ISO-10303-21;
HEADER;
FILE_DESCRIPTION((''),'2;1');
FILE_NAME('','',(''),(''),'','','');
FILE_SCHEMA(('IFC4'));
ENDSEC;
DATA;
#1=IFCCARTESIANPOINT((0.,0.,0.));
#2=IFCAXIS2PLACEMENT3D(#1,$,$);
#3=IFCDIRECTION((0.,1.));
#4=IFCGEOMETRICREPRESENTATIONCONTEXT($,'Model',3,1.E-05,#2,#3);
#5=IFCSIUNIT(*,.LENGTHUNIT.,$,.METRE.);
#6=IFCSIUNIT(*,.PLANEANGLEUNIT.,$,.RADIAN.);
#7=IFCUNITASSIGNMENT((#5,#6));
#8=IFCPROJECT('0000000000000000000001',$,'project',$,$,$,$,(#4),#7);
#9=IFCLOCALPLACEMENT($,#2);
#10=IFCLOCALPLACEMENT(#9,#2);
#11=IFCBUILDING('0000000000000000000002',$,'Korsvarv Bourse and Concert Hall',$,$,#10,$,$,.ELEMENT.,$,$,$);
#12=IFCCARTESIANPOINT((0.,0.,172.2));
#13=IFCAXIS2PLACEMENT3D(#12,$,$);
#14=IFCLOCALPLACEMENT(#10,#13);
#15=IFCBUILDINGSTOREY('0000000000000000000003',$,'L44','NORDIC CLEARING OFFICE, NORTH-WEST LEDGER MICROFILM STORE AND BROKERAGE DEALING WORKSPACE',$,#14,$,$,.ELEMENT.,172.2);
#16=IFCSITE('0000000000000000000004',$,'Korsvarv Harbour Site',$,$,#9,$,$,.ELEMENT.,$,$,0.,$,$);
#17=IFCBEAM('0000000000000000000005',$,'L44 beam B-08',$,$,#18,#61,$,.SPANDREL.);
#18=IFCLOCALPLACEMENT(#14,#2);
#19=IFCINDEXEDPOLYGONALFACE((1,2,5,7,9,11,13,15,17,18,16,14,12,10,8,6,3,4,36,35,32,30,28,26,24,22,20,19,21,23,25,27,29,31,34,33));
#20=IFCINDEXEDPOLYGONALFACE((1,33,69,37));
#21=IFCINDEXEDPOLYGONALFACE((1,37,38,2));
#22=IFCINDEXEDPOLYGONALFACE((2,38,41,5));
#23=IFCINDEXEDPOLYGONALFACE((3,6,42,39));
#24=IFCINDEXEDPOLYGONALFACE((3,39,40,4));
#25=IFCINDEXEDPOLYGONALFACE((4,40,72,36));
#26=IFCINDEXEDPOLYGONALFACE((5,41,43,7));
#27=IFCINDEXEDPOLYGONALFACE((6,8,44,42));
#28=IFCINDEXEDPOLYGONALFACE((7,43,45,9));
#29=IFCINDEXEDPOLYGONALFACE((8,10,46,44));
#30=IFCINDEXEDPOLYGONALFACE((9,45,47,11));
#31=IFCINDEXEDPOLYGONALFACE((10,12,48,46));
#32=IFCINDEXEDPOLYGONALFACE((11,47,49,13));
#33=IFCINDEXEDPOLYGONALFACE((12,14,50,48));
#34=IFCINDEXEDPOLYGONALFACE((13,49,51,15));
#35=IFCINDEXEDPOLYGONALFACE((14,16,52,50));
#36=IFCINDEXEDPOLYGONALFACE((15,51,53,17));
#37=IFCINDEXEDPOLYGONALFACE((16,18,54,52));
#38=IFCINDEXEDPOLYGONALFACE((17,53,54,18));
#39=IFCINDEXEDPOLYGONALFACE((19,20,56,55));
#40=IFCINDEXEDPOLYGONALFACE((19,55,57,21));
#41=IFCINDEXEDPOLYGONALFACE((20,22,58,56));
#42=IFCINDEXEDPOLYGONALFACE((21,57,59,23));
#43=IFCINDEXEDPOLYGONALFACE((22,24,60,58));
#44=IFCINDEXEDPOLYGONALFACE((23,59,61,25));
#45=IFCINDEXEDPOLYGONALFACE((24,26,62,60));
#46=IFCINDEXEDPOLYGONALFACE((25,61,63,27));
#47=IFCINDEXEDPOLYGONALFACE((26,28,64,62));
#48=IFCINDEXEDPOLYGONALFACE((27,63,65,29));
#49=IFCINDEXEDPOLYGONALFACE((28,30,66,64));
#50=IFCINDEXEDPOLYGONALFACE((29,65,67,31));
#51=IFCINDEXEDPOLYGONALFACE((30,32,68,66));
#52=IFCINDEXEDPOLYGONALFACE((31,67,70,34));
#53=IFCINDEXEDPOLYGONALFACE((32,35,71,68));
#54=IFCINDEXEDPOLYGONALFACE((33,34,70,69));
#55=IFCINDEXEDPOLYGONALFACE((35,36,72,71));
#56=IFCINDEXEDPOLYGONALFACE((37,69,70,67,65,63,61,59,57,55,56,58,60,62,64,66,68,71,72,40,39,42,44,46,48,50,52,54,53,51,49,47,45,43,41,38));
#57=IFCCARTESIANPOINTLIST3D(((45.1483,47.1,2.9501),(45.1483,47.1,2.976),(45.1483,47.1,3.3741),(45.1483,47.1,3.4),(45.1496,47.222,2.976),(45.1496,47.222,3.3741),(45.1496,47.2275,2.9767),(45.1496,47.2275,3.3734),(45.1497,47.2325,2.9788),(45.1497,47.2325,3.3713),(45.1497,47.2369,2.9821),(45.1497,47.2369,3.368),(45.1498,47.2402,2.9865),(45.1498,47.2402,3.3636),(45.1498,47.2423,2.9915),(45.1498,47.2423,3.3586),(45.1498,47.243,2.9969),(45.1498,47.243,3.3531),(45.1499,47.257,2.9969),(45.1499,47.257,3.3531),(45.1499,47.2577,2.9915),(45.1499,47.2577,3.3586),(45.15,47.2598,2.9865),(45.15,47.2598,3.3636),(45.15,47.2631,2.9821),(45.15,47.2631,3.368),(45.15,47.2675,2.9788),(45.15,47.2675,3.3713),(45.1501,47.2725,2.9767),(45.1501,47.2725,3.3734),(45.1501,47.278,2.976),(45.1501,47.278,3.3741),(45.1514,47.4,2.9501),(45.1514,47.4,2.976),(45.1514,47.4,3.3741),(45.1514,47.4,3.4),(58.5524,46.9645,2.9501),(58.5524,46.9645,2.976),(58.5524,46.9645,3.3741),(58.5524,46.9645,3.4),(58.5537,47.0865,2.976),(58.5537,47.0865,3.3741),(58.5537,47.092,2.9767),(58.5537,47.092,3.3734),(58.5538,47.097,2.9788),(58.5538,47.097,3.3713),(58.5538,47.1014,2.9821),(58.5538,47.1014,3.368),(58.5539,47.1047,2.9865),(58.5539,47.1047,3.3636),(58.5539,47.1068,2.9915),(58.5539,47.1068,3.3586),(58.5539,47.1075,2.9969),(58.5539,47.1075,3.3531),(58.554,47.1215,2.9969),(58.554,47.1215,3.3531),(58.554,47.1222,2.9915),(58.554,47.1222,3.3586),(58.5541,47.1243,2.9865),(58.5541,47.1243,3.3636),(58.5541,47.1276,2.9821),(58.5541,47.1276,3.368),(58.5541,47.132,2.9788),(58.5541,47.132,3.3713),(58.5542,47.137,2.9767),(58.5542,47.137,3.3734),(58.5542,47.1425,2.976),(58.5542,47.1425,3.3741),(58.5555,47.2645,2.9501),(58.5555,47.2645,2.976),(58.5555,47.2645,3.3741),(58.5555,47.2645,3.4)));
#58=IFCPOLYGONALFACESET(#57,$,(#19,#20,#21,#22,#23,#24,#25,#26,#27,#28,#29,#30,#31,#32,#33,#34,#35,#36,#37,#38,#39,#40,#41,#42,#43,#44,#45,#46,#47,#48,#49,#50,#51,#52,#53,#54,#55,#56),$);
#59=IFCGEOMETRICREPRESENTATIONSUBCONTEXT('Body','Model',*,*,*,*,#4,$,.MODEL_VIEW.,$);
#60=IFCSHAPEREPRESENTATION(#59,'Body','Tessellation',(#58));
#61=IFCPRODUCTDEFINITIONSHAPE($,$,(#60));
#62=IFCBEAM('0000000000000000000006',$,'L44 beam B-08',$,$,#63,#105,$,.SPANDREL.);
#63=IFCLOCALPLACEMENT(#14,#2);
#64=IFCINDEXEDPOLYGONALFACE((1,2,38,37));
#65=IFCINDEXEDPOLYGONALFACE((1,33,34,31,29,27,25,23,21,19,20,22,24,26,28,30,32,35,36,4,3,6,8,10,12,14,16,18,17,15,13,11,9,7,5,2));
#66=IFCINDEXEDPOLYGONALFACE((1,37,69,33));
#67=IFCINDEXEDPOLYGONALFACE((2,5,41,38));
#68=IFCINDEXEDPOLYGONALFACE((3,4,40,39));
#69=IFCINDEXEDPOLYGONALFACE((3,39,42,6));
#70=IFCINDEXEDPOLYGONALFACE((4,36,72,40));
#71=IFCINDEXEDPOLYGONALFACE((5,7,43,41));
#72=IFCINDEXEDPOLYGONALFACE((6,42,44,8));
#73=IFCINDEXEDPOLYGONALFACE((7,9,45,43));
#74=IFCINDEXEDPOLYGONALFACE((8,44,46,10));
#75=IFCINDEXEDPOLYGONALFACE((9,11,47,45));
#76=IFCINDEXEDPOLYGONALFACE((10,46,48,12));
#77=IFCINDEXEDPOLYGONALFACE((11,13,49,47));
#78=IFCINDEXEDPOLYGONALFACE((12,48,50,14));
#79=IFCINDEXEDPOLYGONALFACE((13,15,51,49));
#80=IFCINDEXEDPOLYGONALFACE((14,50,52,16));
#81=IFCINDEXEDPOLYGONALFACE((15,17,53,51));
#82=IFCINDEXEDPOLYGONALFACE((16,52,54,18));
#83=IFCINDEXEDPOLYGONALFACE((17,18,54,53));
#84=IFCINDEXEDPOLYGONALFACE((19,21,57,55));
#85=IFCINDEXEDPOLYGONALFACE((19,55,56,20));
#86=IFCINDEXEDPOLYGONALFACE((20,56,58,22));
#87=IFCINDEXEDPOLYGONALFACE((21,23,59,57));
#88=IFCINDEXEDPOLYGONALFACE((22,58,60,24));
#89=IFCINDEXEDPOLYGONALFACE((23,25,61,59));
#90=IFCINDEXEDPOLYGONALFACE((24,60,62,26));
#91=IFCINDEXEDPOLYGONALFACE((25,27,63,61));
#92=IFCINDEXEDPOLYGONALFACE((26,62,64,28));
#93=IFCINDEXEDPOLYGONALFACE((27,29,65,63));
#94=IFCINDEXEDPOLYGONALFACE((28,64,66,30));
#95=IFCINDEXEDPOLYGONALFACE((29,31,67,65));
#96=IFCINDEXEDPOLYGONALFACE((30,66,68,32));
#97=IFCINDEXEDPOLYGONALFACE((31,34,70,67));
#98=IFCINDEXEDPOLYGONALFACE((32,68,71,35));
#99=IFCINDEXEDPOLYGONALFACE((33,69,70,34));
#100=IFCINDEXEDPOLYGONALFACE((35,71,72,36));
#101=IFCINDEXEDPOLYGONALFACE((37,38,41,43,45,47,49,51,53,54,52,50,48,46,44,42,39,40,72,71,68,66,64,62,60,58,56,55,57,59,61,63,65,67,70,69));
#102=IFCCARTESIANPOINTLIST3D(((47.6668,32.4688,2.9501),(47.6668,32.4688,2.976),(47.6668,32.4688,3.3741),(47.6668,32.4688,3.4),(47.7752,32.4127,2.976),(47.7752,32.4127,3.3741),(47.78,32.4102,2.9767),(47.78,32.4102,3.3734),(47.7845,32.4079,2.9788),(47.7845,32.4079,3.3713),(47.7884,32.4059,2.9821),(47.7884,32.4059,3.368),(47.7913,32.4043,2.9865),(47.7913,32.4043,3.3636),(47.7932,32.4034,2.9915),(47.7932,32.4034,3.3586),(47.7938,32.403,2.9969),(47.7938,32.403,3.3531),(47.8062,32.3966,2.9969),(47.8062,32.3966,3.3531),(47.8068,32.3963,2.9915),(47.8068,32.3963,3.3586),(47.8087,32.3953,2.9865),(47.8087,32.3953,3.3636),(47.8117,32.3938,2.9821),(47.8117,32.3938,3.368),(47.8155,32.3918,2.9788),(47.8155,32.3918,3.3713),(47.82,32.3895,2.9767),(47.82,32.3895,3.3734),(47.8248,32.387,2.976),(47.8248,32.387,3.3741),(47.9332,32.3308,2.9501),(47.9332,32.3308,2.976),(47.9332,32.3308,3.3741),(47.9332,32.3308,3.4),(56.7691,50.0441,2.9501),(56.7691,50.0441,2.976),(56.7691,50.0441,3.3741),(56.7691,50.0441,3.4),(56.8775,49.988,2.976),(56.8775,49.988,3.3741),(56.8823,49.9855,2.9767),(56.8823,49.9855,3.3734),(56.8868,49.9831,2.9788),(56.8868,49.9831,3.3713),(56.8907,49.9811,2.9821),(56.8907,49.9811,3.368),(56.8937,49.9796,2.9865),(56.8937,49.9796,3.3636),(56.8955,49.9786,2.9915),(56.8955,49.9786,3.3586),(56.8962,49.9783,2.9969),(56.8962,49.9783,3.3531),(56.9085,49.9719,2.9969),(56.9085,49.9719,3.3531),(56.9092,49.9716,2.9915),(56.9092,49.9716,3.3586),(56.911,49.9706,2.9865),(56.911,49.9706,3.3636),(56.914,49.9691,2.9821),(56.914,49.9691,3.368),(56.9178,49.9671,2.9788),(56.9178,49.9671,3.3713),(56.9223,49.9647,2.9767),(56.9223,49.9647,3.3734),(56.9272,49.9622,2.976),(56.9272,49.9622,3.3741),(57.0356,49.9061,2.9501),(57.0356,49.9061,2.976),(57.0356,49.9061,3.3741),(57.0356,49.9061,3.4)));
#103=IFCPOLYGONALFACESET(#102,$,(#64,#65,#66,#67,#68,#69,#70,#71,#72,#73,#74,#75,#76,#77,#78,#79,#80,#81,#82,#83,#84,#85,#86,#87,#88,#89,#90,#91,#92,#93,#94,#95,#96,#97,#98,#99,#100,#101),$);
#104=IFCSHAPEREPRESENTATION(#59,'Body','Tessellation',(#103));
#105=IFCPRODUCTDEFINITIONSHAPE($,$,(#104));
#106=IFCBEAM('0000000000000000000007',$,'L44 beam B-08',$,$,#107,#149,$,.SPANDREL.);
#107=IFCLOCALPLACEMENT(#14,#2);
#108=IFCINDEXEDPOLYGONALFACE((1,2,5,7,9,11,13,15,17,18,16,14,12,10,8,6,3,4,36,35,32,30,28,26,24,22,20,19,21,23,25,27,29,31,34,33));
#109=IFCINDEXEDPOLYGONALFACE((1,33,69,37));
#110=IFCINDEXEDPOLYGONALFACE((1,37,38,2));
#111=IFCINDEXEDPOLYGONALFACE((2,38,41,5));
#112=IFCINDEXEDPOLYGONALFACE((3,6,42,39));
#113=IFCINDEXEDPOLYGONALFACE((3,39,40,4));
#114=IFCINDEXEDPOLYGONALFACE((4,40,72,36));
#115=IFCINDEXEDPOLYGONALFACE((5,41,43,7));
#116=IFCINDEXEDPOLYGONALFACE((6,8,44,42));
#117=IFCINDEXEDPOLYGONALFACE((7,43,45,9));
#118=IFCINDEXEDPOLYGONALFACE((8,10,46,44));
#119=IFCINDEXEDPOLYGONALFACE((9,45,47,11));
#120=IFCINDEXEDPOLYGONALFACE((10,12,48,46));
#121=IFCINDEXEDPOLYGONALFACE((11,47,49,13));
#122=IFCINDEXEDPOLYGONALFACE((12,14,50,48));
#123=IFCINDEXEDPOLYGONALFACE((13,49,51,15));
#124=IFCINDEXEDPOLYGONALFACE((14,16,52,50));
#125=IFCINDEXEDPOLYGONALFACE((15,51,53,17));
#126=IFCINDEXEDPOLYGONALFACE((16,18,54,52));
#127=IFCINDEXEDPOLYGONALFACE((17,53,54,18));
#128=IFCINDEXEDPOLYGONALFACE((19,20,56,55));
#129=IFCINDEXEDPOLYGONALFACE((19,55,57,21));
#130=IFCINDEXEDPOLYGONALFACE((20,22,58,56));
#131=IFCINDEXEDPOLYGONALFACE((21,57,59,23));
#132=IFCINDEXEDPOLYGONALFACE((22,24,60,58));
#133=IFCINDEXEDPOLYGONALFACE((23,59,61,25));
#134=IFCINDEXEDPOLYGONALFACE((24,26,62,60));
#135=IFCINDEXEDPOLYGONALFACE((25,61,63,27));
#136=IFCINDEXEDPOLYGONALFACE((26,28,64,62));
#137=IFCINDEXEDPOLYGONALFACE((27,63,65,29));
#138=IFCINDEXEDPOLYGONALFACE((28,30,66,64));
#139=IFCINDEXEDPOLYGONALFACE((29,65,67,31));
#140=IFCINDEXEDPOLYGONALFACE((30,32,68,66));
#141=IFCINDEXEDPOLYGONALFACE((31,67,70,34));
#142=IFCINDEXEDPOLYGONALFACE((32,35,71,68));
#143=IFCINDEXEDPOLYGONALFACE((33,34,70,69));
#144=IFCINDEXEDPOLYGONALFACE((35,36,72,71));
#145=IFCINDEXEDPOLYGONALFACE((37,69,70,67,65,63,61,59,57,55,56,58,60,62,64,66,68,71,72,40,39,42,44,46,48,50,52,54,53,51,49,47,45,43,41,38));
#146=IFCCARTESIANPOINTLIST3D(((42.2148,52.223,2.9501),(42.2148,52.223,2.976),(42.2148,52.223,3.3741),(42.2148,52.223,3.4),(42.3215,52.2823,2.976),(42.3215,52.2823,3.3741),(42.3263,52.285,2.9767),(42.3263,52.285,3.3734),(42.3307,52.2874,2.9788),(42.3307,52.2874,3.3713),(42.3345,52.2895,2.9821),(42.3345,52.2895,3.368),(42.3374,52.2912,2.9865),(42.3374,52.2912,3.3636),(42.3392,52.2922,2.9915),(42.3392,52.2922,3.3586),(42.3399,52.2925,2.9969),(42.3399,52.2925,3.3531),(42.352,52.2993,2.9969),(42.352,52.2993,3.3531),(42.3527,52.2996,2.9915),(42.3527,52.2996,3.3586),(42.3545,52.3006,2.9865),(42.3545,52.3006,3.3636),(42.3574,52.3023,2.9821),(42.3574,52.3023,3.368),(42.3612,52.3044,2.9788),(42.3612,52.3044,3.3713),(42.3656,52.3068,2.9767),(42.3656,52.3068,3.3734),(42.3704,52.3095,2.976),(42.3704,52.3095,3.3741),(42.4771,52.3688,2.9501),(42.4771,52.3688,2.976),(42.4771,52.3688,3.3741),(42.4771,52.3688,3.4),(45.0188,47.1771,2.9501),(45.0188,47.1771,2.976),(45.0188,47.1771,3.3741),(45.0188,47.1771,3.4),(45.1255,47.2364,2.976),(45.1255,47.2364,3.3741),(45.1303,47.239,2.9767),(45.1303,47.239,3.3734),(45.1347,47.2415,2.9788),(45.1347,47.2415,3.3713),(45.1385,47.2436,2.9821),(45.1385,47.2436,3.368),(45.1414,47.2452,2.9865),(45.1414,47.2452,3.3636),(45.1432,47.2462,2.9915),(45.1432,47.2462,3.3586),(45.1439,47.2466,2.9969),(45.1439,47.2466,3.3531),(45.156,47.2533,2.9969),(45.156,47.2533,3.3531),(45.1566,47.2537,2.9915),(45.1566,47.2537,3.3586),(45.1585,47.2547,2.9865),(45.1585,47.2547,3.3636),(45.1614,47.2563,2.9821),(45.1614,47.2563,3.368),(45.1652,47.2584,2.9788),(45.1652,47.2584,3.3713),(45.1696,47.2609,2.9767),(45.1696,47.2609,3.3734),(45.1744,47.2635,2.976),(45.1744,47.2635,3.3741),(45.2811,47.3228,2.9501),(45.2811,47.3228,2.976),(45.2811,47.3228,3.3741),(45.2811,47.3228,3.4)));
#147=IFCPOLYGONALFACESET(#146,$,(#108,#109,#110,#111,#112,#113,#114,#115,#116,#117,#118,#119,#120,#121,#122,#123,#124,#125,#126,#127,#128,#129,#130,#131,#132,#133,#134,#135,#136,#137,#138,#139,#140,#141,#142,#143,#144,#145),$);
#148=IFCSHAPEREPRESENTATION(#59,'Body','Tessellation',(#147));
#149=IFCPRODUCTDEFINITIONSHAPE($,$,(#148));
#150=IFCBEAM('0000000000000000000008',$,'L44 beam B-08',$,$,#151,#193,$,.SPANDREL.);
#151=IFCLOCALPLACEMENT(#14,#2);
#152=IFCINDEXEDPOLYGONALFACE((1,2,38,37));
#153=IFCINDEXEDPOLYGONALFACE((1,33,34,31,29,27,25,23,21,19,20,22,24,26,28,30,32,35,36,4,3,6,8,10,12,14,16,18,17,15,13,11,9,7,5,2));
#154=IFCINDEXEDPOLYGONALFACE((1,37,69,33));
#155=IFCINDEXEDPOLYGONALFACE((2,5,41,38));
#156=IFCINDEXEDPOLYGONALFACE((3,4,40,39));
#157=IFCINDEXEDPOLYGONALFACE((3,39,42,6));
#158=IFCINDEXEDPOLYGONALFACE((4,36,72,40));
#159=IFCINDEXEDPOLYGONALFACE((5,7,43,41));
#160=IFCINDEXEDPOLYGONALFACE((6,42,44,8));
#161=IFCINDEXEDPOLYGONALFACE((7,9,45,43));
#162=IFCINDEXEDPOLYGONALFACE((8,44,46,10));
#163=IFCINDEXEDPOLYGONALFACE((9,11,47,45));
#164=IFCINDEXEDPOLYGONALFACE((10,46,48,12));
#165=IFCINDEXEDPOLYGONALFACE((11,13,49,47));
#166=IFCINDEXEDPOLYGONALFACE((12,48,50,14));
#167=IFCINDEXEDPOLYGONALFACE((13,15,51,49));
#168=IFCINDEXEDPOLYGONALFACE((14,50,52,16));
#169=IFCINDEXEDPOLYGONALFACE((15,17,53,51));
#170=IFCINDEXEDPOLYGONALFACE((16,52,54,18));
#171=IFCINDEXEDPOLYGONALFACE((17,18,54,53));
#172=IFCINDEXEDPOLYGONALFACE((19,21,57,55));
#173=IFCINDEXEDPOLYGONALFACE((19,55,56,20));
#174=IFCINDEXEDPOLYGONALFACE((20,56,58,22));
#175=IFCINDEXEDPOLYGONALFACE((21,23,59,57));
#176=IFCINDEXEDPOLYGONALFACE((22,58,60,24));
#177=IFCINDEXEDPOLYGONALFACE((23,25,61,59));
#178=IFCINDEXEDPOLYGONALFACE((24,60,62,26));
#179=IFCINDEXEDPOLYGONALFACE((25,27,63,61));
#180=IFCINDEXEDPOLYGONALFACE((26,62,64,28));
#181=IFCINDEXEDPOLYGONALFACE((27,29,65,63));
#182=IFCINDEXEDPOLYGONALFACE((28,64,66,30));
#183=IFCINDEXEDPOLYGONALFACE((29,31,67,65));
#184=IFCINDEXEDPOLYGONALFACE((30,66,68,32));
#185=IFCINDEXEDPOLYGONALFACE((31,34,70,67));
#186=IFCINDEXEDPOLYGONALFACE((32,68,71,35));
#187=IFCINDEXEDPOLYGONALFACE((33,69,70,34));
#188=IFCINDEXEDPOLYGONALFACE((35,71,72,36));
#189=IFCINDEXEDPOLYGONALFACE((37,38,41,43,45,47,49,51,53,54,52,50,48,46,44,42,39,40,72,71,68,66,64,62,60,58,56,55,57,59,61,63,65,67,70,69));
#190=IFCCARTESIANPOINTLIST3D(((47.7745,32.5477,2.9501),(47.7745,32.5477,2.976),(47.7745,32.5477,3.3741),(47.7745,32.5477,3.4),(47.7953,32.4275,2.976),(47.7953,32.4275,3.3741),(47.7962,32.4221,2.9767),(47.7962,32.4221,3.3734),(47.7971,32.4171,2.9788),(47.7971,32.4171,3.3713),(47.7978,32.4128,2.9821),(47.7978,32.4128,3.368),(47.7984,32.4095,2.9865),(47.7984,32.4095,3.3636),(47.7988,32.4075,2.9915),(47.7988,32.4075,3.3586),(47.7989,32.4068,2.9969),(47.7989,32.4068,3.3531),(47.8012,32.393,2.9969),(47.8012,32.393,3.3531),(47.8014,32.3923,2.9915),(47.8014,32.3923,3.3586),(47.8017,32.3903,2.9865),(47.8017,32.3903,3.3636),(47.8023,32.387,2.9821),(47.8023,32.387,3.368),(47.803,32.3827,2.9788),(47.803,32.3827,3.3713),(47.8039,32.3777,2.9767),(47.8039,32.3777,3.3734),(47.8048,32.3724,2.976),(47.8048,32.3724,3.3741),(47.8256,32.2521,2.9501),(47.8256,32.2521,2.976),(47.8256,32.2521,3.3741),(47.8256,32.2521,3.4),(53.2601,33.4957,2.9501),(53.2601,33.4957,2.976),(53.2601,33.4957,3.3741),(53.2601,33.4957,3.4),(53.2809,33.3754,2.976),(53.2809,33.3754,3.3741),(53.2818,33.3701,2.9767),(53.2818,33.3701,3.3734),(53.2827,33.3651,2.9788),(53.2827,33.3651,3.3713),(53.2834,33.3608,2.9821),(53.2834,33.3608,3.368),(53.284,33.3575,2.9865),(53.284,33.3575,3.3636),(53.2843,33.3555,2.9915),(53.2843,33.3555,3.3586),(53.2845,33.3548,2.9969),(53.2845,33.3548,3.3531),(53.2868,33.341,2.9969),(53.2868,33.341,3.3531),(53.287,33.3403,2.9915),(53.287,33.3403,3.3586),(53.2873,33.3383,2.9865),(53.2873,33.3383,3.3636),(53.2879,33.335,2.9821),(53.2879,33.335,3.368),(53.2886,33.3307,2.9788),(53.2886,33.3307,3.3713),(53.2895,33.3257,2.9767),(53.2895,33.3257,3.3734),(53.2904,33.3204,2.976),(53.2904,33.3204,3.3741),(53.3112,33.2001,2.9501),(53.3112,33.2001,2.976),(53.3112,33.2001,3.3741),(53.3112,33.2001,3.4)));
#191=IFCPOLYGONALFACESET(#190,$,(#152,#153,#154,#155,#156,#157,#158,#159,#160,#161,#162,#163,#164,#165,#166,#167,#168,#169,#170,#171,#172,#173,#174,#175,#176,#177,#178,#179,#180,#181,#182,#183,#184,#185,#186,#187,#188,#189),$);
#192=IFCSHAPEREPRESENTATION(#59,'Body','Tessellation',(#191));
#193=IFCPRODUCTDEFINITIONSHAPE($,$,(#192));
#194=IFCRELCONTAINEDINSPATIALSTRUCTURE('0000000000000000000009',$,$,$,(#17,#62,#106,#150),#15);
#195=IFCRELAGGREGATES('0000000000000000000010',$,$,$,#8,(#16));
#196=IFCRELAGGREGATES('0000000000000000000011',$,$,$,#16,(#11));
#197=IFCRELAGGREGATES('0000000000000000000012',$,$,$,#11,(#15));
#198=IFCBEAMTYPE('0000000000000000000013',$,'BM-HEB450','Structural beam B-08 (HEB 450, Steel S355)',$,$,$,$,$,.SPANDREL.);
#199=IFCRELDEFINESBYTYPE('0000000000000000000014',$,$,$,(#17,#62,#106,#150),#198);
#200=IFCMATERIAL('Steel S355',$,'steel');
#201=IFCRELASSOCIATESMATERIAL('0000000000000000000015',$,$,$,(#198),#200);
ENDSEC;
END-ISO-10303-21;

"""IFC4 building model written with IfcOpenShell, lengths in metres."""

from ifc_helpers import new_model, si_unit, direction, frame, origin, origin_2d, place, context, subcontext, project, spatial, i_section, extrude, source, transform, mapped, material, material_profile, profile_set, type_object, element, save


model = new_model("IFC4")

# Units and contexts
model_context = context("Model", 3, precision=1e-05, world=origin(), true_north=direction((0.0, 1.0)))
body_context = subcontext(model_context, "Body", "Model", "MODEL_VIEW")
ifc_project = project(units=[si_unit("LENGTHUNIT", "METRE"), si_unit("PLANEANGLEUNIT", "RADIAN")], contexts=[model_context])

# Site, building, storey
site_placement = place(None, origin())
site = spatial("IfcSite", under=ifc_project, at=site_placement, Name="Korsvarv Harbour Site", CompositionType="ELEMENT", RefElevation=0.0)
building_placement = place(site_placement, origin())
building = spatial("IfcBuilding", under=site, at=building_placement, Name="Korsvarv Bourse and Concert Hall", CompositionType="ELEMENT")
storey_placement = place(building_placement, frame((0.0, 0.0, 172.2)))
storey = spatial("IfcBuildingStorey", under=building, at=storey_placement, Name="L44", Description="NORDIC CLEARING OFFICE, NORTH-WEST LEDGER MICROFILM STORE AND BROKERAGE DEALING WORKSPACE", CompositionType="ELEMENT", Elevation=172.2)

# Shared definitions
ifc_material_1 = material(Name="Steel S355", Category="steel")

# Beams
ifc_material_profile_1 = material_profile(ifc_material_1, i_section(OverallWidth=0.3, OverallDepth=0.45, WebThickness=0.0139, FlangeThickness=0.0259, FilletRadius=0.021, at=origin_2d()), Name="HEB 450")
ifc_profile_set_1 = profile_set([ifc_material_profile_1], Name="Steel S355")
beam_type_1 = type_object("IfcBeamType", Name="BM-HEB450", Description="Structural beam B-08 (HEB 450, Steel S355)", PredefinedType="SPANDREL", material=ifc_profile_set_1)
shared_shape_1 = source(origin(), body_context, "Body", "SweptSolid", [
    extrude(i_section(OverallWidth=0.3, OverallDepth=0.45, WebThickness=0.0139, FlangeThickness=0.0259, FilletRadius=0.021, at=origin_2d()), origin(), (0.0, 0.0, 1.0), 13.4048),
])
beam_1_placement = place(storey_placement, frame((58.554, 47.1145, 3.175), z_axis=(-0.999949, 0.010108, 0.0), x_axis=(-0.010108, -0.999949, 0.0)))
element("IfcBeam", 1, at=beam_1_placement, inside=storey, type_object=beam_type_1, Name="L44 beam B-08", PredefinedType="SPANDREL", context=body_context, shape_type="MappedRepresentation", body=[
    mapped(shared_shape_1, transform((0.0, 0.0, 0.0), scale=1.0)),
])
shared_shape_2 = source(origin(), body_context, "Body", "SweptSolid", [
    extrude(i_section(OverallWidth=0.3, OverallDepth=0.45, WebThickness=0.0139, FlangeThickness=0.0259, FilletRadius=0.021, at=origin_2d()), origin(), (0.0, 0.0, 1.0), 19.7925),
])
beam_2_placement = place(storey_placement, frame((56.9023, 49.9751, 3.175), z_axis=(-0.459888, -0.887977, 0.0), x_axis=(0.887977, -0.459888, 0.0)))
element("IfcBeam", 2, at=beam_2_placement, inside=storey, type_object=beam_type_1, Name="L44 beam B-08", PredefinedType="SPANDREL", context=body_context, shape_type="MappedRepresentation", body=[
    mapped(shared_shape_2, transform((0.0, 0.0, 0.0), scale=1.0)),
])
shared_shape_3 = source(origin(), body_context, "Body", "SweptSolid", [
    extrude(i_section(OverallWidth=0.3, OverallDepth=0.45, WebThickness=0.0139, FlangeThickness=0.0259, FilletRadius=0.021, at=origin_2d()), origin(), (0.0, 0.0, 1.0), 5.7727),
])
beam_3_placement = place(storey_placement, frame((42.3459, 52.2959, 3.175), z_axis=(0.485733, -0.874107, 0.0), x_axis=(0.874107, 0.485733, 0.0)))
element("IfcBeam", 3, at=beam_3_placement, inside=storey, type_object=beam_type_1, Name="L44 beam B-08", PredefinedType="SPANDREL", context=body_context, shape_type="MappedRepresentation", body=[
    mapped(shared_shape_3, transform((0.0, 0.0, 0.0), scale=1.0)),
])
shared_shape_4 = source(origin(), body_context, "Body", "SweptSolid", [
    extrude(i_section(OverallWidth=0.3, OverallDepth=0.45, WebThickness=0.0139, FlangeThickness=0.0259, FilletRadius=0.021, at=origin_2d()), origin(), (0.0, 0.0, 1.0), 5.5669),
])
beam_4_placement = place(storey_placement, frame((53.2856, 33.3479, 3.175), z_axis=(-0.985394, -0.170292, 0.0), x_axis=(0.170292, -0.985394, 0.0)))
element("IfcBeam", 4, at=beam_4_placement, inside=storey, type_object=beam_type_1, Name="L44 beam B-08", PredefinedType="SPANDREL", context=body_context, shape_type="MappedRepresentation", body=[
    mapped(shared_shape_4, transform((0.0, 0.0, 0.0), scale=1.0)),
])

save(model, "model.ifc")
